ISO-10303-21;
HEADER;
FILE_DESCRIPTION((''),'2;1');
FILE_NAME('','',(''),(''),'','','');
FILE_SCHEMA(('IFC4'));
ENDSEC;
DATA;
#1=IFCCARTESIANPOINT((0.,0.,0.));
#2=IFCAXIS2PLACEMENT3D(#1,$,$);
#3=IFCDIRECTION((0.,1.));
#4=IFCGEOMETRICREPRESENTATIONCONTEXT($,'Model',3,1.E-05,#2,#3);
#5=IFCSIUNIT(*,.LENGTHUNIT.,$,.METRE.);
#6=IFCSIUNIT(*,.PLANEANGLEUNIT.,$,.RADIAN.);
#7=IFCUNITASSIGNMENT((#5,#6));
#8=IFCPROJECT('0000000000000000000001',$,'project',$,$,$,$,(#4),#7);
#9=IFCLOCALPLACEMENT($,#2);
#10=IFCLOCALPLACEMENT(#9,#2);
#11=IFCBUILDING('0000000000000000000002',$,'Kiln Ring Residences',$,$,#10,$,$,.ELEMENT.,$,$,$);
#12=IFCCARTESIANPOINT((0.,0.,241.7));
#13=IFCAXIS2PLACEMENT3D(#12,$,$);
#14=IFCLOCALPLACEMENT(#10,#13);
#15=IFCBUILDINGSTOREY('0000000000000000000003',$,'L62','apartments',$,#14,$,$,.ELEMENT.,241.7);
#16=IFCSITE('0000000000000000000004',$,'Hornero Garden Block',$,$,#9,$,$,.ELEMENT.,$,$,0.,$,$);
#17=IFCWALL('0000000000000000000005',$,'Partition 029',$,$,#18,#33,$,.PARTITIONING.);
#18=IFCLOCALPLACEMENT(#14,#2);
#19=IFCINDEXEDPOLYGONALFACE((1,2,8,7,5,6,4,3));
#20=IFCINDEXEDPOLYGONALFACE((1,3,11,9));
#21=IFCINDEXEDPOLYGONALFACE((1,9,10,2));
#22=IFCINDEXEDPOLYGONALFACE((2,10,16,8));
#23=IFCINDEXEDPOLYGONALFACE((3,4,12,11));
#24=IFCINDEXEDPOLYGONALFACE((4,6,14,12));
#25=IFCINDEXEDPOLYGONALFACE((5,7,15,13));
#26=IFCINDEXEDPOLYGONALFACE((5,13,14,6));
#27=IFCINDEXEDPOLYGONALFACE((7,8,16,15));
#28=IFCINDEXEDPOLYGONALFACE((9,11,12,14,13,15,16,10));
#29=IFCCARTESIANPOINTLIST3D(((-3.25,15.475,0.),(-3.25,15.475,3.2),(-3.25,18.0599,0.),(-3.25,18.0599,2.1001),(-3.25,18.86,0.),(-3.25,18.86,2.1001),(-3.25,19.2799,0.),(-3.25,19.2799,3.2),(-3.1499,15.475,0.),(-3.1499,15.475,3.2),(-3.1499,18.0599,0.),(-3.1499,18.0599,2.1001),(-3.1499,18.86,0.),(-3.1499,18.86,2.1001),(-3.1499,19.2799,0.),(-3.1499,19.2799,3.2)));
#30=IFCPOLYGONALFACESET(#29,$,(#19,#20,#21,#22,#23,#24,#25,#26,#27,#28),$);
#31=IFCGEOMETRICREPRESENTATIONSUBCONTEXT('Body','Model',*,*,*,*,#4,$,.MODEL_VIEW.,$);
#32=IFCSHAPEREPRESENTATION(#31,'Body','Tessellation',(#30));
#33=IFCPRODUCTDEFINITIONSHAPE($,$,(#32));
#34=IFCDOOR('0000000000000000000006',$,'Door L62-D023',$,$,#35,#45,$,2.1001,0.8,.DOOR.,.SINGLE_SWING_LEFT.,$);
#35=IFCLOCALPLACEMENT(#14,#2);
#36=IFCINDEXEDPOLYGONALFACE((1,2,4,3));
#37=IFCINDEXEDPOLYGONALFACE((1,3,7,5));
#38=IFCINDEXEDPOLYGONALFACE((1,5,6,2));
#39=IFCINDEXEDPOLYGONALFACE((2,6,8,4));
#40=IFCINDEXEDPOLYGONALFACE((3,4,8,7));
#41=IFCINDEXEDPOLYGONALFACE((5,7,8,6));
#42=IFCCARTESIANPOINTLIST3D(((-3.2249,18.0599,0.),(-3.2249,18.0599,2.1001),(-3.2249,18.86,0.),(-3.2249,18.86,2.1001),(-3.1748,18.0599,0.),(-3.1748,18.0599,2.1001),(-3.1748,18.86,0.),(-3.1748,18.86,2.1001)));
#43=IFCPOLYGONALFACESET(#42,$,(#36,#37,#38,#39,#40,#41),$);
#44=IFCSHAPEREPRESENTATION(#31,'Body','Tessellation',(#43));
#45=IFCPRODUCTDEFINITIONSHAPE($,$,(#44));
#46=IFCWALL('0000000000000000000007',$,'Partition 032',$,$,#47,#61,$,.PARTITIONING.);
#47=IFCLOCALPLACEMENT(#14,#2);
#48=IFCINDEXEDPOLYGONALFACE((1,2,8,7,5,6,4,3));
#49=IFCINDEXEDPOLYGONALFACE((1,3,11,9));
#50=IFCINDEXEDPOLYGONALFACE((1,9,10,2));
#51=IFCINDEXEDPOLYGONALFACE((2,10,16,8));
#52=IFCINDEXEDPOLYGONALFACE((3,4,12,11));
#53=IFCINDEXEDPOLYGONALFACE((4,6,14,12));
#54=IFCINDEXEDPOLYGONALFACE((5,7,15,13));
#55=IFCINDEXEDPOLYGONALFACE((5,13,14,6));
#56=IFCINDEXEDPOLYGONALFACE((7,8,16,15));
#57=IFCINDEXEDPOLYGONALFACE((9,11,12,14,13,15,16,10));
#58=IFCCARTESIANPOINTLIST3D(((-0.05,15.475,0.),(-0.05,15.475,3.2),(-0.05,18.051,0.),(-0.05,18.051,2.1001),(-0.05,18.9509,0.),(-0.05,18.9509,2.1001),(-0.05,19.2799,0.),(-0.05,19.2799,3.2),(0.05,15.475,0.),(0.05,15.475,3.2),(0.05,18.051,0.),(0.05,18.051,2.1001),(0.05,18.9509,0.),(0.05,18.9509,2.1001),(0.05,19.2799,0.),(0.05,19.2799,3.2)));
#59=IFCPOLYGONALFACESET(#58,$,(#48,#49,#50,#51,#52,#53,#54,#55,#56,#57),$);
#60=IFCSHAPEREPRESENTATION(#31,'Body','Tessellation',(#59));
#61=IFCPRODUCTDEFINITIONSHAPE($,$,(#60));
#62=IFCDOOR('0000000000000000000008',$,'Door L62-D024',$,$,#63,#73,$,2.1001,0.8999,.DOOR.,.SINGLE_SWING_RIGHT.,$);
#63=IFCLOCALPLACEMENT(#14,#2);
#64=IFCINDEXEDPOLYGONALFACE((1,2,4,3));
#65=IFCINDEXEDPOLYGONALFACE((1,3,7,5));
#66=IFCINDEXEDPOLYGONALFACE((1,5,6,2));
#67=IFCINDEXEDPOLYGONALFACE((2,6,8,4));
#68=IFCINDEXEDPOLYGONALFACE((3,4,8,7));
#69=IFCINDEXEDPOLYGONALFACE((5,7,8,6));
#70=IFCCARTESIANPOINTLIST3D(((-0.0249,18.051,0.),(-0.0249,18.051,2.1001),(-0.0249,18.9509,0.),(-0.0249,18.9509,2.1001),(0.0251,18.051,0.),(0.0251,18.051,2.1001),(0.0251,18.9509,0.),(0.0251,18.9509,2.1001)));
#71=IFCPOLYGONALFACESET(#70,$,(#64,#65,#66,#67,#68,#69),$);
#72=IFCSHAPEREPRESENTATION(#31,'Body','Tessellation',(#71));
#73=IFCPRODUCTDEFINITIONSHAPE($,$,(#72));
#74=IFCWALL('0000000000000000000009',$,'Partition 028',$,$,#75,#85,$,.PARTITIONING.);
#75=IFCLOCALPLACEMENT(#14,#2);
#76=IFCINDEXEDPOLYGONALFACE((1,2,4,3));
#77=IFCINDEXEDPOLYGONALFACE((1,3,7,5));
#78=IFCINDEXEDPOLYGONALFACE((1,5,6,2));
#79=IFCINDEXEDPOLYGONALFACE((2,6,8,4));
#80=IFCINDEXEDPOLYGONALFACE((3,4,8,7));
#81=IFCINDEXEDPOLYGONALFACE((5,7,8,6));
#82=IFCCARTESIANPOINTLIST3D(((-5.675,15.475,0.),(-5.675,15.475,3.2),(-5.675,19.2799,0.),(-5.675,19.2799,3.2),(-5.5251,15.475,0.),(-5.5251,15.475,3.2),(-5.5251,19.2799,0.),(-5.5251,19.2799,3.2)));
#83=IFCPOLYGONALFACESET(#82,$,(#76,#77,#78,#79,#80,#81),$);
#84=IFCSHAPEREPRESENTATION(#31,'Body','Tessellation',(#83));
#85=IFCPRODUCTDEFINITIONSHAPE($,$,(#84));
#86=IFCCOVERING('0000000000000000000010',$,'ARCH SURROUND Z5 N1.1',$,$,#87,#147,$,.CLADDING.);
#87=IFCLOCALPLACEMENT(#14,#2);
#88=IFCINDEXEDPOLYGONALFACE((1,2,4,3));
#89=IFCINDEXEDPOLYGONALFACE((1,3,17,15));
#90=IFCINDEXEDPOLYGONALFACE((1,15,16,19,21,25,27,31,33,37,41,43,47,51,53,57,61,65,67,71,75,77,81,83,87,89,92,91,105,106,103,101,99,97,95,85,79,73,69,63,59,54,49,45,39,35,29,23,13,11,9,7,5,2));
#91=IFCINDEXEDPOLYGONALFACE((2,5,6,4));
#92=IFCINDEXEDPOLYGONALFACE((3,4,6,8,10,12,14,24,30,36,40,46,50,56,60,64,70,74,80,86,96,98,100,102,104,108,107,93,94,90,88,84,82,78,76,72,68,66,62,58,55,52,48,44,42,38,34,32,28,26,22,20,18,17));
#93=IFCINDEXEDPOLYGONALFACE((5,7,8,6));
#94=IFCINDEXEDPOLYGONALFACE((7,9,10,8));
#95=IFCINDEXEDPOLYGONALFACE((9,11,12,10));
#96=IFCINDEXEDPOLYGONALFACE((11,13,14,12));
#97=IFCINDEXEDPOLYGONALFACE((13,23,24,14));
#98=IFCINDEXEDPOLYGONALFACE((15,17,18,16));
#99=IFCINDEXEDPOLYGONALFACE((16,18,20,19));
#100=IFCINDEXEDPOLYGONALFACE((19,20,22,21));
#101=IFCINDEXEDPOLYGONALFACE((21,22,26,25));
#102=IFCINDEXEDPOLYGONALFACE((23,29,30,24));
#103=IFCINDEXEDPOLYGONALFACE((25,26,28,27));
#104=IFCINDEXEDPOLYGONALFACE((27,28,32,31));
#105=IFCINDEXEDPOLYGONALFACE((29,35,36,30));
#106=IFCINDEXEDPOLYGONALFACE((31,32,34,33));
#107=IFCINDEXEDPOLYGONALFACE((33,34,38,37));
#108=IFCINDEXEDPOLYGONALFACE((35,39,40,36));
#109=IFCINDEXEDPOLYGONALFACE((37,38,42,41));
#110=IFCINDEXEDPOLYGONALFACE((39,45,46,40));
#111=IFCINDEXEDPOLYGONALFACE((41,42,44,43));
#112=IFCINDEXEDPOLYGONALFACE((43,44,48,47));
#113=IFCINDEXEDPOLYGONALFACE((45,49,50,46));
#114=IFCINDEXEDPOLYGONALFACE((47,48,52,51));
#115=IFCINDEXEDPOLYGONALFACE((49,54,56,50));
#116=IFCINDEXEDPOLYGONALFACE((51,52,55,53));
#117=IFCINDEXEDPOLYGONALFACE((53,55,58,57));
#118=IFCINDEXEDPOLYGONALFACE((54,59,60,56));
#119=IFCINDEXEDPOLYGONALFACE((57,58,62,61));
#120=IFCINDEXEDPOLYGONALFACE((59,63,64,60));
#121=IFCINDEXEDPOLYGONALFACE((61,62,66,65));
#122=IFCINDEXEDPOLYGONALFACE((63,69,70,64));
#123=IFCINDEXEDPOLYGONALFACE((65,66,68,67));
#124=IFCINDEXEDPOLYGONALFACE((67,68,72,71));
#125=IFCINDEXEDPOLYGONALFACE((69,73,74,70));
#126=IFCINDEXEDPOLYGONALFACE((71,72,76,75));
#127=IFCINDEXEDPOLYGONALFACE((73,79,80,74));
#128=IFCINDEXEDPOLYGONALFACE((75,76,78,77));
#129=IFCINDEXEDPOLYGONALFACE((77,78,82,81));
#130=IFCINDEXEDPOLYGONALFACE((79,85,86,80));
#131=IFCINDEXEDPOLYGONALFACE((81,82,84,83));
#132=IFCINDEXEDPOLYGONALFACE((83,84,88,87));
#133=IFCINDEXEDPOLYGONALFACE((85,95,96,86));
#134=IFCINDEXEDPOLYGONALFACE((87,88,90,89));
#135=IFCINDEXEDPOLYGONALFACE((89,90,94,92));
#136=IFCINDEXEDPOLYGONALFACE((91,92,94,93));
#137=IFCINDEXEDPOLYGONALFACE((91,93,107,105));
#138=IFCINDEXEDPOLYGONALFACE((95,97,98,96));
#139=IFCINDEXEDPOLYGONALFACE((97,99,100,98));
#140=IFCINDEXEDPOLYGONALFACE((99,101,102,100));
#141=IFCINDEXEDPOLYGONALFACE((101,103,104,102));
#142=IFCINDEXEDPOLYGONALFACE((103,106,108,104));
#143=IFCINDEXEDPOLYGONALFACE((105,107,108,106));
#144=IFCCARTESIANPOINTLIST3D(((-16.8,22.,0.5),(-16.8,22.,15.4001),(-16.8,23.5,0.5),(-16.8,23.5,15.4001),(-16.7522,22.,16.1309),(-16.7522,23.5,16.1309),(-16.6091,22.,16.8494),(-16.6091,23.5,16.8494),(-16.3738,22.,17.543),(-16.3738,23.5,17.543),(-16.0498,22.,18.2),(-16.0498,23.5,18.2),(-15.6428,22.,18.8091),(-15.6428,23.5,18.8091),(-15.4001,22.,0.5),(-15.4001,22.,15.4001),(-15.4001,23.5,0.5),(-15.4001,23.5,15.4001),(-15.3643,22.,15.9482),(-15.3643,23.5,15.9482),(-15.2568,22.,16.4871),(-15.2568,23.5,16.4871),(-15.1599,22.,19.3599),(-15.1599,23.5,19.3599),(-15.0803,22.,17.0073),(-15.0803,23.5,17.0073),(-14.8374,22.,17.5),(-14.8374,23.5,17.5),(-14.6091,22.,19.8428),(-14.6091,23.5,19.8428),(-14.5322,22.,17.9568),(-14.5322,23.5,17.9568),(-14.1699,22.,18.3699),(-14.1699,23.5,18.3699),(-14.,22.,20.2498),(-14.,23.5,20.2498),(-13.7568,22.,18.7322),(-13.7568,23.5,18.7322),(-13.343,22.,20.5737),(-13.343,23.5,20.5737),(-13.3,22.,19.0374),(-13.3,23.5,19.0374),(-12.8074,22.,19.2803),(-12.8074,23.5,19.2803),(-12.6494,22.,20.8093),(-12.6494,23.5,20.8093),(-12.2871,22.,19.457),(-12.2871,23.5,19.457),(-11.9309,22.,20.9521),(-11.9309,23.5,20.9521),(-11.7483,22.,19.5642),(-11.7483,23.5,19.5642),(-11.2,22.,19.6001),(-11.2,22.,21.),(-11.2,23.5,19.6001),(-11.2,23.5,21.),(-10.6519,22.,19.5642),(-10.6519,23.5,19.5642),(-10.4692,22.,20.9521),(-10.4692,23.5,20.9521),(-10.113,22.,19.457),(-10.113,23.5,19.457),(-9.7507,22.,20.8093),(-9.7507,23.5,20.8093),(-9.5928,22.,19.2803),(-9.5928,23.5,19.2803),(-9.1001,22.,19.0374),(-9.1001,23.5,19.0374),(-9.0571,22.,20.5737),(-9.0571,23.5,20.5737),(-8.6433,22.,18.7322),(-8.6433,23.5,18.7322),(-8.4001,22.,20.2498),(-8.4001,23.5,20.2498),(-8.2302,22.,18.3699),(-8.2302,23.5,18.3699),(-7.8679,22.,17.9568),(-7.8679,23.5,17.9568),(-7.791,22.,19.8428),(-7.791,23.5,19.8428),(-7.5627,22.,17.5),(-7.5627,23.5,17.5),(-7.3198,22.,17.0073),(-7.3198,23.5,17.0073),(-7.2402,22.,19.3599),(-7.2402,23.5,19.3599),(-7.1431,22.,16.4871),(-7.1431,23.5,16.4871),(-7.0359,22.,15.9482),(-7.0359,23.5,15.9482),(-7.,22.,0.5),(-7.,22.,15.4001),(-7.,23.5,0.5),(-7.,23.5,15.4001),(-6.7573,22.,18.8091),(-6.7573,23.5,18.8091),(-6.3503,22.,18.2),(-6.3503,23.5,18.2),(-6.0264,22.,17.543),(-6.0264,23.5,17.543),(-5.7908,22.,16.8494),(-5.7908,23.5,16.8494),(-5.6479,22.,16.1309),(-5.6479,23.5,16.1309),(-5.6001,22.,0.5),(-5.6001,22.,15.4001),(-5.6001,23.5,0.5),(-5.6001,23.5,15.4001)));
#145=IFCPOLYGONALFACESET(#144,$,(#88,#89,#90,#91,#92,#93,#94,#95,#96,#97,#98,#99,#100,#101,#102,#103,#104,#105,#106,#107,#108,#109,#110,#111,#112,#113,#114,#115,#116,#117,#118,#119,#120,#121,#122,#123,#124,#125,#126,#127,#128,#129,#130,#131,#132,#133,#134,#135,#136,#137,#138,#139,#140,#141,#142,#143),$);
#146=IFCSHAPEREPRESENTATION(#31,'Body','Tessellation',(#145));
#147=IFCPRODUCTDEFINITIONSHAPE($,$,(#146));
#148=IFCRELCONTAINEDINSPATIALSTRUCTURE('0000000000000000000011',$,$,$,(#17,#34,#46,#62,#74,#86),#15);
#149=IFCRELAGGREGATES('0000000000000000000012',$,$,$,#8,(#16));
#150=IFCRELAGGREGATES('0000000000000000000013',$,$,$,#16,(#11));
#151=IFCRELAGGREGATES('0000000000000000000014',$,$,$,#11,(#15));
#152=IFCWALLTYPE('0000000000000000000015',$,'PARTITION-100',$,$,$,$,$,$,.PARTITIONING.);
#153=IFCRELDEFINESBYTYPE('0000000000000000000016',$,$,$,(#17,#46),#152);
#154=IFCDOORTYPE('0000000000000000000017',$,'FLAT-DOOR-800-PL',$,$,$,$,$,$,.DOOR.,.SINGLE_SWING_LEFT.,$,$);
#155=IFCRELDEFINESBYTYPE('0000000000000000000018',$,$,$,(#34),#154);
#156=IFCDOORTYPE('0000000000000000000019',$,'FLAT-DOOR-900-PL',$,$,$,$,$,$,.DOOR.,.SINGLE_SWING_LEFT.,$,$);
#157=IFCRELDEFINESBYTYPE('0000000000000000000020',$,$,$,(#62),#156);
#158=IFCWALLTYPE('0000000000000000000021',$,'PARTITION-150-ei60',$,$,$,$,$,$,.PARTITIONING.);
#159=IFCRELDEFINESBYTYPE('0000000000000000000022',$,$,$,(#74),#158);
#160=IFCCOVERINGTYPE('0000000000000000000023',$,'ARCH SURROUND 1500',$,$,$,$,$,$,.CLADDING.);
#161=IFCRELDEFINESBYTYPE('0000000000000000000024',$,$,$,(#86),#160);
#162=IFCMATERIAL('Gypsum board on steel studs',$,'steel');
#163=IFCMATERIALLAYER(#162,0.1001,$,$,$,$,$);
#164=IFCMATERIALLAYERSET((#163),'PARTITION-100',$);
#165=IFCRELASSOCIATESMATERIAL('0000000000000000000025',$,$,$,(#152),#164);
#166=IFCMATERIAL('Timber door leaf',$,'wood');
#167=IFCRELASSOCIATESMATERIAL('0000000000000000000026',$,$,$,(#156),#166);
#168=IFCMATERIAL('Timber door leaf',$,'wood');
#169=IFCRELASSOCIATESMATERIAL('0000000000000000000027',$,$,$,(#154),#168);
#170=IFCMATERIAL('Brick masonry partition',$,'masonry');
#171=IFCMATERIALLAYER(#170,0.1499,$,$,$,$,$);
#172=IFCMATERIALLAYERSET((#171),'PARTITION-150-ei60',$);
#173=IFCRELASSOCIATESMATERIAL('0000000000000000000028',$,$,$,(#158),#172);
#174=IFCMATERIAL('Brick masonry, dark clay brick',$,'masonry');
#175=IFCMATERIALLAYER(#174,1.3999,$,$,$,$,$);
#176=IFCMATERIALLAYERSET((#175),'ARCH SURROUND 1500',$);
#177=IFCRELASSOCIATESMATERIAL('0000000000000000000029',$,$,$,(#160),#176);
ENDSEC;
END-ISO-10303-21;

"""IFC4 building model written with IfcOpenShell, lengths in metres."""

from ifc_helpers import new_model, si_unit, direction, frame, frame_2d, origin, place, context, subcontext, project, spatial, polyline, rectangle, outline, extrude, material, layer, layer_set, type_object, element, fill, save


model = new_model("IFC4")

# Units and contexts
model_context = context("Model", 3, precision=1e-05, world=origin(), true_north=direction((0.0, 1.0)))
body_context = subcontext(model_context, "Body", "Model", "MODEL_VIEW")
ifc_project = project(units=[si_unit("LENGTHUNIT", "METRE"), si_unit("PLANEANGLEUNIT", "RADIAN")], contexts=[model_context])

# Site, building, storey
site_placement = place(None, origin())
site = spatial("IfcSite", under=ifc_project, at=site_placement, Name="Hornero Garden Block", CompositionType="ELEMENT", RefElevation=0.0)
building_placement = place(site_placement, origin())
building = spatial("IfcBuilding", under=site, at=building_placement, Name="Kiln Ring Residences", CompositionType="ELEMENT")
storey_placement = place(building_placement, frame((0.0, 0.0, 241.7)))
storey = spatial("IfcBuildingStorey", under=building, at=storey_placement, Name="L62", Description="apartments", CompositionType="ELEMENT", Elevation=241.7)

# Walls, openings, doors
ifc_material_1 = material(Name="Gypsum board on steel studs", Category="steel")
ifc_layer_1 = layer(ifc_material_1, 0.1001)
ifc_layer_set_1 = layer_set([ifc_layer_1], Name="PARTITION-100")
wall_type_1 = type_object("IfcWallType", Name="PARTITION-100", PredefinedType="PARTITIONING", material=ifc_layer_set_1)
ifc_material_2 = material(Name="Timber door leaf", Category="wood")
door_type_1 = type_object("IfcDoorType", Name="FLAT-DOOR-900-PL", OperationType="SINGLE_SWING_LEFT", PredefinedType="DOOR", material=ifc_material_2)
ifc_material_3 = material(Name="Timber door leaf", Category="wood")
door_type_2 = type_object("IfcDoorType", Name="FLAT-DOOR-800-PL", OperationType="SINGLE_SWING_LEFT", PredefinedType="DOOR", material=ifc_material_3)
wall_1_placement = place(storey_placement, frame((-3.2, 15.4751, 0.0), z_axis=(0.0, 0.0, 1.0), x_axis=(0.0, 1.0, 0.0)))
wall_1 = element("IfcWall", 1, at=wall_1_placement, inside=storey, type_object=wall_type_1, Name="Partition 029", PredefinedType="PARTITIONING", context=body_context, shape_type="SweptSolid", body=[
    extrude(rectangle(XDim=3.8049, YDim=0.1001, at=frame_2d((1.9023, 0.0))), origin(), (0.0, 0.0, 1.0), 3.2),
])
opening_1_placement = place(wall_1_placement, frame((2.585, 0.0, 0.0)))
opening_1 = element("IfcOpeningElement", 2, at=opening_1_placement, cuts=wall_1, PredefinedType="OPENING", context=body_context, shape_type="SweptSolid", body=[
    extrude(rectangle(XDim=0.8, YDim=2.1001, at=frame_2d((0.3999, 1.05))), frame((0.0, 0.0601, 0.0), z_axis=(0.0, -1.0, 0.0), x_axis=(1.0, 0.0, 0.0)), (0.0, 0.0, 1.0), 0.1201),
])
door_1_placement = place(opening_1_placement, origin())
door_1 = element("IfcDoor", 3, at=door_1_placement, inside=storey, type_object=door_type_2, Name="Door L62-D023", OperationType="SINGLE_SWING_LEFT", OverallHeight=2.1001, OverallWidth=0.8, PredefinedType="DOOR", context=body_context, shape_type="SweptSolid", body=[
    extrude(rectangle(XDim=0.8, YDim=2.1001, at=frame_2d((0.3999, 1.05))), frame((0.0, 0.0249, 0.0), z_axis=(0.0, -1.0, 0.0), x_axis=(1.0, 0.0, 0.0)), (0.0, 0.0, 1.0), 0.05),
])
fill(opening_1, door_1)
wall_2_placement = place(storey_placement, frame((0.0, 15.4751, 0.0), z_axis=(0.0, 0.0, 1.0), x_axis=(0.0, 1.0, 0.0)))
wall_2 = element("IfcWall", 4, at=wall_2_placement, inside=storey, type_object=wall_type_1, Name="Partition 032", PredefinedType="PARTITIONING", context=body_context, shape_type="SweptSolid", body=[
    extrude(rectangle(XDim=3.8049, YDim=0.1001, at=frame_2d((1.9023, 0.0))), origin(), (0.0, 0.0, 1.0), 3.2),
])
opening_2_placement = place(wall_2_placement, frame((2.5759, 0.0, 0.0)))
opening_2 = element("IfcOpeningElement", 5, at=opening_2_placement, cuts=wall_2, PredefinedType="OPENING", context=body_context, shape_type="SweptSolid", body=[
    extrude(rectangle(XDim=0.8999, YDim=2.1001, at=frame_2d((0.45, 1.05))), frame((0.0, 0.0601, 0.0), z_axis=(0.0, -1.0, 0.0), x_axis=(1.0, 0.0, 0.0)), (0.0, 0.0, 1.0), 0.1201),
])
door_2_placement = place(opening_2_placement, origin())
door_2 = element("IfcDoor", 6, at=door_2_placement, inside=storey, type_object=door_type_1, Name="Door L62-D024", OperationType="SINGLE_SWING_RIGHT", OverallHeight=2.1001, OverallWidth=0.8999, PredefinedType="DOOR", context=body_context, shape_type="SweptSolid", body=[
    extrude(rectangle(XDim=0.8999, YDim=2.1001, at=frame_2d((0.45, 1.05))), frame((0.0, 0.0249, 0.0), z_axis=(0.0, -1.0, 0.0), x_axis=(1.0, 0.0, 0.0)), (0.0, 0.0, 1.0), 0.05),
])
fill(opening_2, door_2)

# Wall
ifc_material_4 = material(Name="Brick masonry partition", Category="masonry")
ifc_layer_2 = layer(ifc_material_4, 0.1499)
ifc_layer_set_2 = layer_set([ifc_layer_2], Name="PARTITION-150-ei60")
wall_type_2 = type_object("IfcWallType", Name="PARTITION-150-ei60", PredefinedType="PARTITIONING", material=ifc_layer_set_2)
wall_3_placement = place(storey_placement, frame((-5.6001, 15.4751, 0.0), z_axis=(0.0, 0.0, 1.0), x_axis=(0.0, 1.0, 0.0)))
element("IfcWall", 7, at=wall_3_placement, inside=storey, type_object=wall_type_2, Name="Partition 028", PredefinedType="PARTITIONING", context=body_context, shape_type="SweptSolid", body=[
    extrude(rectangle(XDim=3.8049, YDim=0.1499, at=frame_2d((1.9023, 0.0))), origin(), (0.0, 0.0, 1.0), 3.2),
])

# Covering
ifc_material_5 = material(Name="Brick masonry, dark clay brick", Category="masonry")
ifc_layer_3 = layer(ifc_material_5, 1.3999)
ifc_layer_set_3 = layer_set([ifc_layer_3], Name="ARCH SURROUND 1500")
covering_type_1 = type_object("IfcCoveringType", Name="ARCH SURROUND 1500", PredefinedType="CLADDING", material=ifc_layer_set_3)
covering_1_placement = place(storey_placement, frame((-16.8, 22.75, 0.5), z_axis=(0.0, 0.0, 1.0), x_axis=(1.0, 0.0, 0.0)))
element("IfcCovering", 8, at=covering_1_placement, inside=storey, type_object=covering_type_1, Name="ARCH SURROUND Z5 N1.1", PredefinedType="CLADDING", context=body_context, shape_type="SweptSolid", body=[
    extrude(outline(polyline([(0.0, 0.0), (0.0, 14.9001), (0.0479, 15.6309), (0.1909, 16.3494), (0.4263, 17.043), (0.7502, 17.7), (1.1572, 18.3091), (1.6401, 18.8599), (2.1909, 19.3428), (2.8, 19.7498), (3.457, 20.0737), (4.1506, 20.3093), (4.8691, 20.4521), (5.6001, 20.5), (6.3308, 20.4521), (7.0493, 20.3093), (7.7429, 20.0737), (8.3999, 19.7498), (9.009, 19.3428), (9.5598, 18.8599), (10.0427, 18.3091), (10.4497, 17.7), (10.7737, 17.043), (11.0093, 16.3494), (11.1521, 15.6309), (11.2, 14.9001), (11.2, 0.0), (9.8, 0.0), (9.8, 14.9001), (9.7642, 15.4482), (9.657, 15.9871), (9.4802, 16.5073), (9.2373, 17.0), (8.9321, 17.4568), (8.5698, 17.8699), (8.1567, 18.2322), (7.7, 18.5374), (7.2073, 18.7803), (6.687, 18.957), (6.1482, 19.0642), (5.6001, 19.1001), (5.0518, 19.0642), (4.5129, 18.957), (3.9927, 18.7803), (3.5, 18.5374), (3.0432, 18.2322), (2.6301, 17.8699), (2.2678, 17.4568), (1.9626, 17.0), (1.7197, 16.5073), (1.5432, 15.9871), (1.4358, 15.4482), (1.3999, 14.9001), (1.3999, 0.0), (0.0, 0.0)])), frame((0.0, 0.75, 0.0), z_axis=(0.0, -1.0, 0.0), x_axis=(1.0, 0.0, 0.0)), (0.0, 0.0, 1.0), 1.5),
])

save(model, "model.ifc")
